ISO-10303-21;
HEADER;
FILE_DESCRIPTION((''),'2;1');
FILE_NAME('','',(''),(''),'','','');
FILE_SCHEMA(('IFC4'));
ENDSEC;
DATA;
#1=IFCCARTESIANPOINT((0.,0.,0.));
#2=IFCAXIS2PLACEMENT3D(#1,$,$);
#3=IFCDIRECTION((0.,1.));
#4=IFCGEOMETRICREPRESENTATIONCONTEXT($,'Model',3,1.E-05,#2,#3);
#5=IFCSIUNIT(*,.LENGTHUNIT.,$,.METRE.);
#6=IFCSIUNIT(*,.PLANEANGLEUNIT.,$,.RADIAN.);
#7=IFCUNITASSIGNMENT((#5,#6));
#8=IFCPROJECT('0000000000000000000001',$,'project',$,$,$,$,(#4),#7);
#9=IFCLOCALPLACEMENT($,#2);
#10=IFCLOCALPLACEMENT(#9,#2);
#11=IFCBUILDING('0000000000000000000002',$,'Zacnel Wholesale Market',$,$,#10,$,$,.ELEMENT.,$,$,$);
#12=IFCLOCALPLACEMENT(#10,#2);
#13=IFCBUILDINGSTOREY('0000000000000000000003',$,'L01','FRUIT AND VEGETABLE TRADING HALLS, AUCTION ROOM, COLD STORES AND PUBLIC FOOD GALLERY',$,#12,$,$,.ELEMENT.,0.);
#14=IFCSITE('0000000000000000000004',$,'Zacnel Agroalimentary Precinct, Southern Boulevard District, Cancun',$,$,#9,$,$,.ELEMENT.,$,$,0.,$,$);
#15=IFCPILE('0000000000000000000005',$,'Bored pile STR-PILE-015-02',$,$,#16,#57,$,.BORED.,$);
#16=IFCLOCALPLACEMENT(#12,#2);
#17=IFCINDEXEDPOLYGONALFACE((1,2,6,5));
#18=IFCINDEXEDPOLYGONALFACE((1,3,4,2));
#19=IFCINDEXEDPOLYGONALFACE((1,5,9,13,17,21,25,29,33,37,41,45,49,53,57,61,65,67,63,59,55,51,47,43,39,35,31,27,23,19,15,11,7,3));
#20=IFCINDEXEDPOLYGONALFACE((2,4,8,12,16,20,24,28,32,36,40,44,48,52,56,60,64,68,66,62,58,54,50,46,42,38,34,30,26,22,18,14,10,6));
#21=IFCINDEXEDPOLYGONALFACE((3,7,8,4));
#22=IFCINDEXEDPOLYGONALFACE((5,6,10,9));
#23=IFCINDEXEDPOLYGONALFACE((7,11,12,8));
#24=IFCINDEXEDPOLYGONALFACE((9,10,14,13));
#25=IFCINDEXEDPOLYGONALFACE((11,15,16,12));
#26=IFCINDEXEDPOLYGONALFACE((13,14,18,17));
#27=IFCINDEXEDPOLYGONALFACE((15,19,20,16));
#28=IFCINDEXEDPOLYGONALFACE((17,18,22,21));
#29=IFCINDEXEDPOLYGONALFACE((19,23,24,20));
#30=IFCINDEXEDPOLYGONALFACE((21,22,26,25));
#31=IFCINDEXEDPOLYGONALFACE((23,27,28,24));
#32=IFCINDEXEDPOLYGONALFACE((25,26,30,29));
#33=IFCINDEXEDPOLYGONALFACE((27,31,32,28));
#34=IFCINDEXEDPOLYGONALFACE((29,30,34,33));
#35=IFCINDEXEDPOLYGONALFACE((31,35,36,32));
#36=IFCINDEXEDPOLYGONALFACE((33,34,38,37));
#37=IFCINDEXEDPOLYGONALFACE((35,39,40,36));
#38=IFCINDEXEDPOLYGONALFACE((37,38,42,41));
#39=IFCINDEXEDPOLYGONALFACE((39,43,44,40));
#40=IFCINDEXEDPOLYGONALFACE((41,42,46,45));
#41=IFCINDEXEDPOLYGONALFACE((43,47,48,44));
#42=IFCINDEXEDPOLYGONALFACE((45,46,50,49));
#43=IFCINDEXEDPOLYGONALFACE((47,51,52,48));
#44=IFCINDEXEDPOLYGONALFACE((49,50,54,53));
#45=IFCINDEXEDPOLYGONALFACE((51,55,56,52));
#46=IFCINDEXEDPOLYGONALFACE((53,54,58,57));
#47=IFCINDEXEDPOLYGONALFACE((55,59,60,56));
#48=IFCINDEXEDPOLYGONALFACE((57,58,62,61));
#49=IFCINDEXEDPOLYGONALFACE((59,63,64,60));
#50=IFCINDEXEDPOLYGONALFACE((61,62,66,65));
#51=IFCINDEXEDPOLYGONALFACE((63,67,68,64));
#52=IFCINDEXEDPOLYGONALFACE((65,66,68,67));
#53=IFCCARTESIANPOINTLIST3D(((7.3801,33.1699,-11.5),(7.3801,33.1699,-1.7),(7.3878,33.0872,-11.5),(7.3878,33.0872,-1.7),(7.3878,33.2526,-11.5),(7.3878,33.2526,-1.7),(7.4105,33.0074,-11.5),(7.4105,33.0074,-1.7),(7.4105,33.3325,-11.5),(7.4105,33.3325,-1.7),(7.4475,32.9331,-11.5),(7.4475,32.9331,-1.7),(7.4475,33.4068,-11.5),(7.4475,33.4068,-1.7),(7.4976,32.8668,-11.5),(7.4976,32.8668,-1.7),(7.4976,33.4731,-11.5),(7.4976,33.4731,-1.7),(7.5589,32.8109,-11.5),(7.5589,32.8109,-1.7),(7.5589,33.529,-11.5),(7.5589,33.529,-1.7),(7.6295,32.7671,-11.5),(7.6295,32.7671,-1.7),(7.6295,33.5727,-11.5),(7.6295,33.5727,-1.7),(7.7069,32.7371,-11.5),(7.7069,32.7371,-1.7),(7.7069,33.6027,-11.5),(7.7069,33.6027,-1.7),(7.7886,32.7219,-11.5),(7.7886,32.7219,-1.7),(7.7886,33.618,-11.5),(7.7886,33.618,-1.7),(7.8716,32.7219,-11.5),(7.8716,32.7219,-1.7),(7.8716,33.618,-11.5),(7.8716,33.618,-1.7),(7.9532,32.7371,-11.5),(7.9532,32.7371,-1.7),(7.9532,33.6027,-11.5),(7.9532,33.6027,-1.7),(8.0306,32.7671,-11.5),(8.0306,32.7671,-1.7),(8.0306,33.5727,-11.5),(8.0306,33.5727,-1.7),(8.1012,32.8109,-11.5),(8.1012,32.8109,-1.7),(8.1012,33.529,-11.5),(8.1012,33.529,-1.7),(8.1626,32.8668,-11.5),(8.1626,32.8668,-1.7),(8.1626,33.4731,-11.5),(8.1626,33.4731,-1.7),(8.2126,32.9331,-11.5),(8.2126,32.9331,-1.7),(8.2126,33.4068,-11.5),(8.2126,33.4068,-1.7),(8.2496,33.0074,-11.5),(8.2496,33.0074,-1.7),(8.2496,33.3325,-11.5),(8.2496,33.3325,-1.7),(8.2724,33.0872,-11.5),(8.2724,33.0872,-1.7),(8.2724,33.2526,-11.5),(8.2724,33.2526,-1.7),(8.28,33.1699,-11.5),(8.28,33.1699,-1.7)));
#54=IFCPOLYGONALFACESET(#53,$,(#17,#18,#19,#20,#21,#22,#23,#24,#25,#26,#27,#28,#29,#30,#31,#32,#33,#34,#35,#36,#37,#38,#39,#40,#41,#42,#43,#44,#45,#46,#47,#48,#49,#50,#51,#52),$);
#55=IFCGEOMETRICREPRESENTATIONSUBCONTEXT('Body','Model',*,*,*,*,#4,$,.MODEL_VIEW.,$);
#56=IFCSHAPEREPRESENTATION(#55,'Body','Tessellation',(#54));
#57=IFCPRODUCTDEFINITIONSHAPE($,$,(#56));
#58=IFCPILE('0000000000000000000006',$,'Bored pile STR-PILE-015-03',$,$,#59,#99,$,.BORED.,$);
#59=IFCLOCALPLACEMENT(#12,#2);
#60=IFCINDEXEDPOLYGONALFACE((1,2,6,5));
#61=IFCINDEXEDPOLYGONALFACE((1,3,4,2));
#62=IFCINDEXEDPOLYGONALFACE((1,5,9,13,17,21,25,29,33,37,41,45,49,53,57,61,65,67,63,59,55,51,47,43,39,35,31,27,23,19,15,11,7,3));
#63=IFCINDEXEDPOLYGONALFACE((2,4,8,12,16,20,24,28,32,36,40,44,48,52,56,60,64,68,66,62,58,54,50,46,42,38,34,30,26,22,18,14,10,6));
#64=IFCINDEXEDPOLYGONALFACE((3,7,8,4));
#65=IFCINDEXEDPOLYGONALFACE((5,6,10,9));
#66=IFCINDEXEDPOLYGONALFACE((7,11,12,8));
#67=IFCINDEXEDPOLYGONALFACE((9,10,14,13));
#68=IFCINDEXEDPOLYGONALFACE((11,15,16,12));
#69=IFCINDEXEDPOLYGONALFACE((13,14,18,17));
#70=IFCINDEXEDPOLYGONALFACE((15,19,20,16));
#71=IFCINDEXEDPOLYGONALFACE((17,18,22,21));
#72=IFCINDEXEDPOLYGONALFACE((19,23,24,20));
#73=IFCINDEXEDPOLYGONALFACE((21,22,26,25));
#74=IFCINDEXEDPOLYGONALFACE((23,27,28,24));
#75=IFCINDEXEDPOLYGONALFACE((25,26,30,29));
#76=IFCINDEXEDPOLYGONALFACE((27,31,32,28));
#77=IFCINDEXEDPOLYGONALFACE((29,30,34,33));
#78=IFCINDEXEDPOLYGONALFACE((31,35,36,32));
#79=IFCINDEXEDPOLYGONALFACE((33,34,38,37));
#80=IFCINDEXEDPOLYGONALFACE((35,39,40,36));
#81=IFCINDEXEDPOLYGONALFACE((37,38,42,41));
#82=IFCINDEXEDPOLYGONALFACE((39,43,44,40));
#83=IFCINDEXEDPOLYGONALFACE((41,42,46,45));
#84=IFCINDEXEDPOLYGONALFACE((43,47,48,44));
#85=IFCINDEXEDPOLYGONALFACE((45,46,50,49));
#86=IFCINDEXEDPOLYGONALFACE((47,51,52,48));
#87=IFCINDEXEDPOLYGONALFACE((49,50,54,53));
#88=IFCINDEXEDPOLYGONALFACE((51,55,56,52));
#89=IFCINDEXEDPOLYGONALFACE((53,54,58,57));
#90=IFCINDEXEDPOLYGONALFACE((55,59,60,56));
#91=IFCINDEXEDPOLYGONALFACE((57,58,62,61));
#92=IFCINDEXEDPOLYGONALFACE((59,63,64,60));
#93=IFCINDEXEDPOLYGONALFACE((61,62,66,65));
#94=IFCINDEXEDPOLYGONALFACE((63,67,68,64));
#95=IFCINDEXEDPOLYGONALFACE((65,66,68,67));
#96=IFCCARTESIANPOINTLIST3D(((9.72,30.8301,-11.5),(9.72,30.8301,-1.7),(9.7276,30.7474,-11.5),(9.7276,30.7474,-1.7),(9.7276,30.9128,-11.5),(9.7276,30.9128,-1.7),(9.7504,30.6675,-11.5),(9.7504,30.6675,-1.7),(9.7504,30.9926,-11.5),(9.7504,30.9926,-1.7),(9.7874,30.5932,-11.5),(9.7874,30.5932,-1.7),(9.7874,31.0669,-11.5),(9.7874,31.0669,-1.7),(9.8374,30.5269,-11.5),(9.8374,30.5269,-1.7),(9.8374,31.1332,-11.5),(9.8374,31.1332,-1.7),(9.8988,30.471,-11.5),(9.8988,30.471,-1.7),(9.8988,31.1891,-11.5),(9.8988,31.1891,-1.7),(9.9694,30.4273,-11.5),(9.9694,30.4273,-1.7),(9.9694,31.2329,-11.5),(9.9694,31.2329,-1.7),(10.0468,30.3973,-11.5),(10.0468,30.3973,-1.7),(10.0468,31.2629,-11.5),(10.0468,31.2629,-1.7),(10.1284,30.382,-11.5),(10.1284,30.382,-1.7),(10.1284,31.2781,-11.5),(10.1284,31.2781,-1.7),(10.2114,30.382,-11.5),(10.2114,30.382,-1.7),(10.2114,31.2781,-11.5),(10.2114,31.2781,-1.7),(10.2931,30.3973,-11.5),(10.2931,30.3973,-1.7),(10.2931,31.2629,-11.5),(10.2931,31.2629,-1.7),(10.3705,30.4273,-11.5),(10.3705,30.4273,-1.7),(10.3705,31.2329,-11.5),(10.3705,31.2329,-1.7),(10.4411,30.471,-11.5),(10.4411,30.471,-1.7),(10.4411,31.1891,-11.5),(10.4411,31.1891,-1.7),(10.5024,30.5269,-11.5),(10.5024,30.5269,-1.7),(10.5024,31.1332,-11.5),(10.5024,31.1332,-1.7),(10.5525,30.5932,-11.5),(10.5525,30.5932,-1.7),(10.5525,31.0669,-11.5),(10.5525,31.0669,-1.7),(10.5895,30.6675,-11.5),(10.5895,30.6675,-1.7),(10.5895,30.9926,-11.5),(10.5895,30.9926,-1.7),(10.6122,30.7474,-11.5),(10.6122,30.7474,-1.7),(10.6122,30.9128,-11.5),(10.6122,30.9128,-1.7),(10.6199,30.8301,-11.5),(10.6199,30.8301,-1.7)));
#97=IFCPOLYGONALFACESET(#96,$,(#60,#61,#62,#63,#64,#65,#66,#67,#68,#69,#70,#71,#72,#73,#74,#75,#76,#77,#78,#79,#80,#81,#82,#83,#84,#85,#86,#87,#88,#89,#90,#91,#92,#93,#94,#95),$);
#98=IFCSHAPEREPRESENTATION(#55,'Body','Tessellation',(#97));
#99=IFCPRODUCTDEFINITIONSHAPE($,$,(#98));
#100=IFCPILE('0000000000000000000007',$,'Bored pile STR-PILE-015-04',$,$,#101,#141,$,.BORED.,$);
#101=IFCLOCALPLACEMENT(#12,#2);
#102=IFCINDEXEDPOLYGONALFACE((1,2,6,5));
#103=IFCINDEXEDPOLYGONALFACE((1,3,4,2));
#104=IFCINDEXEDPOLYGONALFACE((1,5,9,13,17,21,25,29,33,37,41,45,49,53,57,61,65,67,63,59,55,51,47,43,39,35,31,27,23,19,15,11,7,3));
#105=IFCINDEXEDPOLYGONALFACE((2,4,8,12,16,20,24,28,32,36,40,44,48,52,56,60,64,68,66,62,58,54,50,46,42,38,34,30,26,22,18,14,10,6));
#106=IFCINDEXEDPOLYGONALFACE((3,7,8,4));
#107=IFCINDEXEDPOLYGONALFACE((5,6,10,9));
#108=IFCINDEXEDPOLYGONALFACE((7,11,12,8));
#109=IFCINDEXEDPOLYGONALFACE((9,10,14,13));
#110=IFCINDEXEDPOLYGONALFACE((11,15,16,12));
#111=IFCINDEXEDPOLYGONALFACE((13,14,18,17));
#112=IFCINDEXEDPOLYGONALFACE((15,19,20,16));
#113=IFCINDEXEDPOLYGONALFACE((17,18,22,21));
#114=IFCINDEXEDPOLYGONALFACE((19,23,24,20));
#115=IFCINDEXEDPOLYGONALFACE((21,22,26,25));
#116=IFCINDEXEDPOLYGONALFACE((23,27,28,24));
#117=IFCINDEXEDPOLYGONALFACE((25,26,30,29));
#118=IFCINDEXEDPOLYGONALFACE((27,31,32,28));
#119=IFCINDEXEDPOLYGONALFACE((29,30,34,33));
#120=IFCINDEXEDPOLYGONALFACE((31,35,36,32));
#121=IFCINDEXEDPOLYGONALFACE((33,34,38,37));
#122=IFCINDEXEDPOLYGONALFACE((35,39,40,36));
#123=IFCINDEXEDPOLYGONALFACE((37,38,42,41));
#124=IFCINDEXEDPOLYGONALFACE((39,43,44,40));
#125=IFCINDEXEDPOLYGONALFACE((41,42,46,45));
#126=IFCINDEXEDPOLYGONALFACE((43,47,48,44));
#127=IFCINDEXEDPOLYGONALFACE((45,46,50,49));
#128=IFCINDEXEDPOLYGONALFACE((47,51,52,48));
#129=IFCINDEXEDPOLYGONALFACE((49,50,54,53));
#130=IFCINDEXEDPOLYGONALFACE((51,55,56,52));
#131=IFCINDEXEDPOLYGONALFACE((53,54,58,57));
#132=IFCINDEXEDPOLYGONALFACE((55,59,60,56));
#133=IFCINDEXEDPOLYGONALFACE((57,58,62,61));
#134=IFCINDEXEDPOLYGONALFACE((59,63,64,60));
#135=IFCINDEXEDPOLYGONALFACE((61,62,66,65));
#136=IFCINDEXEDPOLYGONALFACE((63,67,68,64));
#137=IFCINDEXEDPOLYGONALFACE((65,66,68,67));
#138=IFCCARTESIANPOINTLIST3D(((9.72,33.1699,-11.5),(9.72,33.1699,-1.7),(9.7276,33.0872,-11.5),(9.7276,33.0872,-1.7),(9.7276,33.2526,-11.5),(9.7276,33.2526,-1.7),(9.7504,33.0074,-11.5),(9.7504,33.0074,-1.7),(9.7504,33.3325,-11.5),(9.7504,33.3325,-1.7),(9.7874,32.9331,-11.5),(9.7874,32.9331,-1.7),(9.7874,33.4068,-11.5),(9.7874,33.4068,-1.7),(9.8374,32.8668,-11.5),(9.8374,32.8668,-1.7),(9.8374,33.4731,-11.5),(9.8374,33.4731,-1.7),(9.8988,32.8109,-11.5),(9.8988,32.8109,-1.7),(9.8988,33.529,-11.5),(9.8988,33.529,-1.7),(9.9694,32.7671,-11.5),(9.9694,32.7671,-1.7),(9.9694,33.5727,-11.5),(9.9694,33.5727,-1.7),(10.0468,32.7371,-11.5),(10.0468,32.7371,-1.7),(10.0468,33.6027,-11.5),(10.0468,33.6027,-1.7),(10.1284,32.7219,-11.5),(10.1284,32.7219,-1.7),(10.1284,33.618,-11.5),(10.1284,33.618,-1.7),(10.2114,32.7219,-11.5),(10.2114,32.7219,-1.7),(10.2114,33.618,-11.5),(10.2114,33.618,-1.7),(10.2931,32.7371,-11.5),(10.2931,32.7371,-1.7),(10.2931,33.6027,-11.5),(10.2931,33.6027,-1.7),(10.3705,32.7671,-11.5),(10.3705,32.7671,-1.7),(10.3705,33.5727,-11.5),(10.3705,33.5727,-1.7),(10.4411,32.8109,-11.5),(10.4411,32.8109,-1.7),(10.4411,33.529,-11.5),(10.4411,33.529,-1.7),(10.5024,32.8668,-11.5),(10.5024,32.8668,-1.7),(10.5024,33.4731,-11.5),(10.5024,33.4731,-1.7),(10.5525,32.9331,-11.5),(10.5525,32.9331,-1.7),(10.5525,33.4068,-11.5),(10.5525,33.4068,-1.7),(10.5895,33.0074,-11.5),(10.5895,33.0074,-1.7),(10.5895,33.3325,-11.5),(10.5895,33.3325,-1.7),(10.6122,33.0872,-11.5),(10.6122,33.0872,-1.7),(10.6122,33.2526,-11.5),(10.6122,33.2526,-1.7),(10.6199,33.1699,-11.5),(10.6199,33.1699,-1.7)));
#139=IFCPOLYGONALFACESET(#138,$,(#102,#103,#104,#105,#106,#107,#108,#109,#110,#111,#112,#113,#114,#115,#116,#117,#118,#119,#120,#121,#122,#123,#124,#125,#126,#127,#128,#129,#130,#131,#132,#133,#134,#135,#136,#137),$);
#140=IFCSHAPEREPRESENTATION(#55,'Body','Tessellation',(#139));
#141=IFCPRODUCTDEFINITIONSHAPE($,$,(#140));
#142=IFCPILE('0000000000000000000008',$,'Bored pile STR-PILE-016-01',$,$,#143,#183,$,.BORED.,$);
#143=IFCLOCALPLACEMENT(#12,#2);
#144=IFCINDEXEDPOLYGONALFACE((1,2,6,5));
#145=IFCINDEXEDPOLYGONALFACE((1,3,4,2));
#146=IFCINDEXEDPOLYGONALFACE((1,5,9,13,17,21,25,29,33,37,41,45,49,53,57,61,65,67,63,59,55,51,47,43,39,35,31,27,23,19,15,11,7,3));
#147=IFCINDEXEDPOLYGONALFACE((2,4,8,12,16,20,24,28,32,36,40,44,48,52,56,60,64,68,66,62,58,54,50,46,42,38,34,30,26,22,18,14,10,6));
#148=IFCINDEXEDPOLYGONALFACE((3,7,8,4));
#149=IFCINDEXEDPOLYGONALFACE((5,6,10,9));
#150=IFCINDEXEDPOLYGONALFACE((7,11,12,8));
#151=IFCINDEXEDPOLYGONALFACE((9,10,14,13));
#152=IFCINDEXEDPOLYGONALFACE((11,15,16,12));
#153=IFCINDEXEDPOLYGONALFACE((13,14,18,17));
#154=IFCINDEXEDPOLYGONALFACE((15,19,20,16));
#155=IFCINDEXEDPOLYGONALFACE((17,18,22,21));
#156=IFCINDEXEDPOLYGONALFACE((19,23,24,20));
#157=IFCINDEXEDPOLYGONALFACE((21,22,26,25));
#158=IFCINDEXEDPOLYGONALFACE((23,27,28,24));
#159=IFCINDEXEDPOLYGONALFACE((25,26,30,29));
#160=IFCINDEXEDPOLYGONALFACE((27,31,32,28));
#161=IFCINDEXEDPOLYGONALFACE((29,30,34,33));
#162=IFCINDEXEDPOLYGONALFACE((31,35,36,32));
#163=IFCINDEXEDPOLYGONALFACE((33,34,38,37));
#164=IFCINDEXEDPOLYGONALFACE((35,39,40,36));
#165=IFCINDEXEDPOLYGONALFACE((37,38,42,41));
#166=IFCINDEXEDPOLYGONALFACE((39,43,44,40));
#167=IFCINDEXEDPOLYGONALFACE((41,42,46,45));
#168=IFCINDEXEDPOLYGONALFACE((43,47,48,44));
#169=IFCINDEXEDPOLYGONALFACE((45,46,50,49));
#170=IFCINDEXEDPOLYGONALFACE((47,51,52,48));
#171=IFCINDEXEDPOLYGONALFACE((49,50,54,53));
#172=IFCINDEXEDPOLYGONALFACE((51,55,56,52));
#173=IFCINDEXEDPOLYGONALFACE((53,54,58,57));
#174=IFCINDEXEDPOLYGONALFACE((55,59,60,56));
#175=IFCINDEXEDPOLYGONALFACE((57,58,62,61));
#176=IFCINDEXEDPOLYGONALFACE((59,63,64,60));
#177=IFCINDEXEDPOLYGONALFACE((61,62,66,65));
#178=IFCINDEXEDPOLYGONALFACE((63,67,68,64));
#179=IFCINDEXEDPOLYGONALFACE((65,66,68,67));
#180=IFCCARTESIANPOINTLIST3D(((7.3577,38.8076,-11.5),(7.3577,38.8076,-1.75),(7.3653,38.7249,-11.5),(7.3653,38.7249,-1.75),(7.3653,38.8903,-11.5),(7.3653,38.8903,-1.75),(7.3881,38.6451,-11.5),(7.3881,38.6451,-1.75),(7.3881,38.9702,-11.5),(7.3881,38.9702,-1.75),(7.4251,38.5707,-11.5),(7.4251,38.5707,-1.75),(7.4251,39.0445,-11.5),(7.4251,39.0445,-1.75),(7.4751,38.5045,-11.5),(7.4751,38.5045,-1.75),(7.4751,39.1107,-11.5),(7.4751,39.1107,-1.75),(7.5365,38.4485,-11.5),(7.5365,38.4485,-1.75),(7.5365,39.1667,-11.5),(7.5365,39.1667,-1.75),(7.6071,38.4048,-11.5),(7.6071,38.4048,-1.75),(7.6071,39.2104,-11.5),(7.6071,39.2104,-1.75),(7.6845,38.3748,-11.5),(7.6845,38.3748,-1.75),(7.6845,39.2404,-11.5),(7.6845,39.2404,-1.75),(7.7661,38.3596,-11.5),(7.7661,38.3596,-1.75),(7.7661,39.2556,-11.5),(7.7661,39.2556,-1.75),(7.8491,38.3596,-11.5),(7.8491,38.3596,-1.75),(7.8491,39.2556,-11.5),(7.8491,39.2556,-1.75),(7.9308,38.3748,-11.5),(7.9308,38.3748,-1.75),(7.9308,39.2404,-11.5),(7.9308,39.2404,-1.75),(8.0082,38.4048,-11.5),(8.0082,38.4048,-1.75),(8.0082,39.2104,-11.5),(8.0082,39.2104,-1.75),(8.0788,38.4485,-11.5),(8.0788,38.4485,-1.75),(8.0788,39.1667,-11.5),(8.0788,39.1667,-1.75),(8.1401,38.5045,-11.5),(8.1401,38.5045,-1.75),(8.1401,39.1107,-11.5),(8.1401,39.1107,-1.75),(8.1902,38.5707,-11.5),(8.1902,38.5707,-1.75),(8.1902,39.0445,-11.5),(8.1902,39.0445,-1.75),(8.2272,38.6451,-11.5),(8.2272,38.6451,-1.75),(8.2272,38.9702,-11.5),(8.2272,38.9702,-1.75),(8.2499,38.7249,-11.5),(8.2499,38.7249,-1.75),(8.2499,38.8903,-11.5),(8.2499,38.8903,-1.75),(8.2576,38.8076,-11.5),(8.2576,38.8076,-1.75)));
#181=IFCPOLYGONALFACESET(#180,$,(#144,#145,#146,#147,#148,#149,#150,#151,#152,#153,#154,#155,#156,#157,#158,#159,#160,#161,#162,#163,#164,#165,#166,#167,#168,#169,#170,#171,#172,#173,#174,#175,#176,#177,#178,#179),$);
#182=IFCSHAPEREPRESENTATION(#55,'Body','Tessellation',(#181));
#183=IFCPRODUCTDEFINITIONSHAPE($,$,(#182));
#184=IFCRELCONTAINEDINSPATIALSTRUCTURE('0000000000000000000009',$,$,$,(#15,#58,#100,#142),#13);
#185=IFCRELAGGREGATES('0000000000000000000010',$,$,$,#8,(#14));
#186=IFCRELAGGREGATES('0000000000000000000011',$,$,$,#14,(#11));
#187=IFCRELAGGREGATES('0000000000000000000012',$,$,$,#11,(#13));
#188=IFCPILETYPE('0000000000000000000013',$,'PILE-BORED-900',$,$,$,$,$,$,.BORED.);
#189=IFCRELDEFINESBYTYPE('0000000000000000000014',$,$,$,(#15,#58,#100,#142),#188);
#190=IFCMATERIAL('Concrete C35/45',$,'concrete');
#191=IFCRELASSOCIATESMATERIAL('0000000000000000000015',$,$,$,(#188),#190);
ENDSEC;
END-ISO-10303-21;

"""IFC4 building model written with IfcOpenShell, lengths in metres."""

from ifc_helpers import new_model, si_unit, direction, frame, origin, origin_2d, place, context, subcontext, project, spatial, circle, extrude, material, material_profile, profile_set, type_object, element, save


model = new_model("IFC4")

# Units and contexts
model_context = context("Model", 3, precision=1e-05, world=origin(), true_north=direction((0.0, 1.0)))
body_context = subcontext(model_context, "Body", "Model", "MODEL_VIEW")
ifc_project = project(units=[si_unit("LENGTHUNIT", "METRE"), si_unit("PLANEANGLEUNIT", "RADIAN")], contexts=[model_context])

# Site, building, storey
site_placement = place(None, origin())
site = spatial("IfcSite", under=ifc_project, at=site_placement, Name="Zacnel Agroalimentary Precinct, Southern Boulevard District, Cancun", CompositionType="ELEMENT", RefElevation=0.0)
building_placement = place(site_placement, origin())
building = spatial("IfcBuilding", under=site, at=building_placement, Name="Zacnel Wholesale Market", CompositionType="ELEMENT")
storey_placement = place(building_placement, origin())
storey = spatial("IfcBuildingStorey", under=building, at=storey_placement, Name="L01", Description="FRUIT AND VEGETABLE TRADING HALLS, AUCTION ROOM, COLD STORES AND PUBLIC FOOD GALLERY", CompositionType="ELEMENT", Elevation=0.0)

# Piles
ifc_material_1 = material(Name="Concrete C35/45", Category="concrete")
ifc_material_profile_1 = material_profile(ifc_material_1, circle(Radius=0.45, at=origin_2d()), Name="BORED PILE D900")
ifc_profile_set_1 = profile_set([ifc_material_profile_1], Name="Concrete C35/45")
pile_type = type_object("IfcPileType", Name="PILE-BORED-900", PredefinedType="BORED", material=ifc_profile_set_1)
for number, where, z_axis, x_axis, name in (
    (1, (7.8301, 33.1699, -1.7), (0.0, 0.0, -1.0), (1.0, 0.0, 0.0), "Bored pile STR-PILE-015-02"),
    (2, (10.1699, 30.8301, -1.7), (0.0, 0.0, -1.0), (1.0, 0.0, 0.0), "Bored pile STR-PILE-015-03"),
    (3, (10.1699, 33.1699, -1.7), (0.0, 0.0, -1.0), (1.0, 0.0, 0.0), "Bored pile STR-PILE-015-04"),
):
    element("IfcPile", number, at=place(storey_placement, frame(where, z_axis=z_axis, x_axis=x_axis)), inside=storey, type_object=pile_type, Name=name, PredefinedType="BORED", context=body_context, shape_type="SweptSolid", body=[
        extrude(circle(Radius=0.45, at=origin_2d()), origin(), (0.0, 0.0, 1.0), 9.8),
    ])
for number, where, z_axis, x_axis, name in (
    (4, (7.8076, 38.8076, -1.75), (0.0, 0.0, -1.0), (1.0, 0.0, 0.0), "Bored pile STR-PILE-016-01"),
):
    element("IfcPile", number, at=place(storey_placement, frame(where, z_axis=z_axis, x_axis=x_axis)), inside=storey, type_object=pile_type, Name=name, PredefinedType="BORED", context=body_context, shape_type="SweptSolid", body=[
        extrude(circle(Radius=0.45, at=origin_2d()), origin(), (0.0, 0.0, 1.0), 9.75),
    ])

save(model, "model.ifc")
